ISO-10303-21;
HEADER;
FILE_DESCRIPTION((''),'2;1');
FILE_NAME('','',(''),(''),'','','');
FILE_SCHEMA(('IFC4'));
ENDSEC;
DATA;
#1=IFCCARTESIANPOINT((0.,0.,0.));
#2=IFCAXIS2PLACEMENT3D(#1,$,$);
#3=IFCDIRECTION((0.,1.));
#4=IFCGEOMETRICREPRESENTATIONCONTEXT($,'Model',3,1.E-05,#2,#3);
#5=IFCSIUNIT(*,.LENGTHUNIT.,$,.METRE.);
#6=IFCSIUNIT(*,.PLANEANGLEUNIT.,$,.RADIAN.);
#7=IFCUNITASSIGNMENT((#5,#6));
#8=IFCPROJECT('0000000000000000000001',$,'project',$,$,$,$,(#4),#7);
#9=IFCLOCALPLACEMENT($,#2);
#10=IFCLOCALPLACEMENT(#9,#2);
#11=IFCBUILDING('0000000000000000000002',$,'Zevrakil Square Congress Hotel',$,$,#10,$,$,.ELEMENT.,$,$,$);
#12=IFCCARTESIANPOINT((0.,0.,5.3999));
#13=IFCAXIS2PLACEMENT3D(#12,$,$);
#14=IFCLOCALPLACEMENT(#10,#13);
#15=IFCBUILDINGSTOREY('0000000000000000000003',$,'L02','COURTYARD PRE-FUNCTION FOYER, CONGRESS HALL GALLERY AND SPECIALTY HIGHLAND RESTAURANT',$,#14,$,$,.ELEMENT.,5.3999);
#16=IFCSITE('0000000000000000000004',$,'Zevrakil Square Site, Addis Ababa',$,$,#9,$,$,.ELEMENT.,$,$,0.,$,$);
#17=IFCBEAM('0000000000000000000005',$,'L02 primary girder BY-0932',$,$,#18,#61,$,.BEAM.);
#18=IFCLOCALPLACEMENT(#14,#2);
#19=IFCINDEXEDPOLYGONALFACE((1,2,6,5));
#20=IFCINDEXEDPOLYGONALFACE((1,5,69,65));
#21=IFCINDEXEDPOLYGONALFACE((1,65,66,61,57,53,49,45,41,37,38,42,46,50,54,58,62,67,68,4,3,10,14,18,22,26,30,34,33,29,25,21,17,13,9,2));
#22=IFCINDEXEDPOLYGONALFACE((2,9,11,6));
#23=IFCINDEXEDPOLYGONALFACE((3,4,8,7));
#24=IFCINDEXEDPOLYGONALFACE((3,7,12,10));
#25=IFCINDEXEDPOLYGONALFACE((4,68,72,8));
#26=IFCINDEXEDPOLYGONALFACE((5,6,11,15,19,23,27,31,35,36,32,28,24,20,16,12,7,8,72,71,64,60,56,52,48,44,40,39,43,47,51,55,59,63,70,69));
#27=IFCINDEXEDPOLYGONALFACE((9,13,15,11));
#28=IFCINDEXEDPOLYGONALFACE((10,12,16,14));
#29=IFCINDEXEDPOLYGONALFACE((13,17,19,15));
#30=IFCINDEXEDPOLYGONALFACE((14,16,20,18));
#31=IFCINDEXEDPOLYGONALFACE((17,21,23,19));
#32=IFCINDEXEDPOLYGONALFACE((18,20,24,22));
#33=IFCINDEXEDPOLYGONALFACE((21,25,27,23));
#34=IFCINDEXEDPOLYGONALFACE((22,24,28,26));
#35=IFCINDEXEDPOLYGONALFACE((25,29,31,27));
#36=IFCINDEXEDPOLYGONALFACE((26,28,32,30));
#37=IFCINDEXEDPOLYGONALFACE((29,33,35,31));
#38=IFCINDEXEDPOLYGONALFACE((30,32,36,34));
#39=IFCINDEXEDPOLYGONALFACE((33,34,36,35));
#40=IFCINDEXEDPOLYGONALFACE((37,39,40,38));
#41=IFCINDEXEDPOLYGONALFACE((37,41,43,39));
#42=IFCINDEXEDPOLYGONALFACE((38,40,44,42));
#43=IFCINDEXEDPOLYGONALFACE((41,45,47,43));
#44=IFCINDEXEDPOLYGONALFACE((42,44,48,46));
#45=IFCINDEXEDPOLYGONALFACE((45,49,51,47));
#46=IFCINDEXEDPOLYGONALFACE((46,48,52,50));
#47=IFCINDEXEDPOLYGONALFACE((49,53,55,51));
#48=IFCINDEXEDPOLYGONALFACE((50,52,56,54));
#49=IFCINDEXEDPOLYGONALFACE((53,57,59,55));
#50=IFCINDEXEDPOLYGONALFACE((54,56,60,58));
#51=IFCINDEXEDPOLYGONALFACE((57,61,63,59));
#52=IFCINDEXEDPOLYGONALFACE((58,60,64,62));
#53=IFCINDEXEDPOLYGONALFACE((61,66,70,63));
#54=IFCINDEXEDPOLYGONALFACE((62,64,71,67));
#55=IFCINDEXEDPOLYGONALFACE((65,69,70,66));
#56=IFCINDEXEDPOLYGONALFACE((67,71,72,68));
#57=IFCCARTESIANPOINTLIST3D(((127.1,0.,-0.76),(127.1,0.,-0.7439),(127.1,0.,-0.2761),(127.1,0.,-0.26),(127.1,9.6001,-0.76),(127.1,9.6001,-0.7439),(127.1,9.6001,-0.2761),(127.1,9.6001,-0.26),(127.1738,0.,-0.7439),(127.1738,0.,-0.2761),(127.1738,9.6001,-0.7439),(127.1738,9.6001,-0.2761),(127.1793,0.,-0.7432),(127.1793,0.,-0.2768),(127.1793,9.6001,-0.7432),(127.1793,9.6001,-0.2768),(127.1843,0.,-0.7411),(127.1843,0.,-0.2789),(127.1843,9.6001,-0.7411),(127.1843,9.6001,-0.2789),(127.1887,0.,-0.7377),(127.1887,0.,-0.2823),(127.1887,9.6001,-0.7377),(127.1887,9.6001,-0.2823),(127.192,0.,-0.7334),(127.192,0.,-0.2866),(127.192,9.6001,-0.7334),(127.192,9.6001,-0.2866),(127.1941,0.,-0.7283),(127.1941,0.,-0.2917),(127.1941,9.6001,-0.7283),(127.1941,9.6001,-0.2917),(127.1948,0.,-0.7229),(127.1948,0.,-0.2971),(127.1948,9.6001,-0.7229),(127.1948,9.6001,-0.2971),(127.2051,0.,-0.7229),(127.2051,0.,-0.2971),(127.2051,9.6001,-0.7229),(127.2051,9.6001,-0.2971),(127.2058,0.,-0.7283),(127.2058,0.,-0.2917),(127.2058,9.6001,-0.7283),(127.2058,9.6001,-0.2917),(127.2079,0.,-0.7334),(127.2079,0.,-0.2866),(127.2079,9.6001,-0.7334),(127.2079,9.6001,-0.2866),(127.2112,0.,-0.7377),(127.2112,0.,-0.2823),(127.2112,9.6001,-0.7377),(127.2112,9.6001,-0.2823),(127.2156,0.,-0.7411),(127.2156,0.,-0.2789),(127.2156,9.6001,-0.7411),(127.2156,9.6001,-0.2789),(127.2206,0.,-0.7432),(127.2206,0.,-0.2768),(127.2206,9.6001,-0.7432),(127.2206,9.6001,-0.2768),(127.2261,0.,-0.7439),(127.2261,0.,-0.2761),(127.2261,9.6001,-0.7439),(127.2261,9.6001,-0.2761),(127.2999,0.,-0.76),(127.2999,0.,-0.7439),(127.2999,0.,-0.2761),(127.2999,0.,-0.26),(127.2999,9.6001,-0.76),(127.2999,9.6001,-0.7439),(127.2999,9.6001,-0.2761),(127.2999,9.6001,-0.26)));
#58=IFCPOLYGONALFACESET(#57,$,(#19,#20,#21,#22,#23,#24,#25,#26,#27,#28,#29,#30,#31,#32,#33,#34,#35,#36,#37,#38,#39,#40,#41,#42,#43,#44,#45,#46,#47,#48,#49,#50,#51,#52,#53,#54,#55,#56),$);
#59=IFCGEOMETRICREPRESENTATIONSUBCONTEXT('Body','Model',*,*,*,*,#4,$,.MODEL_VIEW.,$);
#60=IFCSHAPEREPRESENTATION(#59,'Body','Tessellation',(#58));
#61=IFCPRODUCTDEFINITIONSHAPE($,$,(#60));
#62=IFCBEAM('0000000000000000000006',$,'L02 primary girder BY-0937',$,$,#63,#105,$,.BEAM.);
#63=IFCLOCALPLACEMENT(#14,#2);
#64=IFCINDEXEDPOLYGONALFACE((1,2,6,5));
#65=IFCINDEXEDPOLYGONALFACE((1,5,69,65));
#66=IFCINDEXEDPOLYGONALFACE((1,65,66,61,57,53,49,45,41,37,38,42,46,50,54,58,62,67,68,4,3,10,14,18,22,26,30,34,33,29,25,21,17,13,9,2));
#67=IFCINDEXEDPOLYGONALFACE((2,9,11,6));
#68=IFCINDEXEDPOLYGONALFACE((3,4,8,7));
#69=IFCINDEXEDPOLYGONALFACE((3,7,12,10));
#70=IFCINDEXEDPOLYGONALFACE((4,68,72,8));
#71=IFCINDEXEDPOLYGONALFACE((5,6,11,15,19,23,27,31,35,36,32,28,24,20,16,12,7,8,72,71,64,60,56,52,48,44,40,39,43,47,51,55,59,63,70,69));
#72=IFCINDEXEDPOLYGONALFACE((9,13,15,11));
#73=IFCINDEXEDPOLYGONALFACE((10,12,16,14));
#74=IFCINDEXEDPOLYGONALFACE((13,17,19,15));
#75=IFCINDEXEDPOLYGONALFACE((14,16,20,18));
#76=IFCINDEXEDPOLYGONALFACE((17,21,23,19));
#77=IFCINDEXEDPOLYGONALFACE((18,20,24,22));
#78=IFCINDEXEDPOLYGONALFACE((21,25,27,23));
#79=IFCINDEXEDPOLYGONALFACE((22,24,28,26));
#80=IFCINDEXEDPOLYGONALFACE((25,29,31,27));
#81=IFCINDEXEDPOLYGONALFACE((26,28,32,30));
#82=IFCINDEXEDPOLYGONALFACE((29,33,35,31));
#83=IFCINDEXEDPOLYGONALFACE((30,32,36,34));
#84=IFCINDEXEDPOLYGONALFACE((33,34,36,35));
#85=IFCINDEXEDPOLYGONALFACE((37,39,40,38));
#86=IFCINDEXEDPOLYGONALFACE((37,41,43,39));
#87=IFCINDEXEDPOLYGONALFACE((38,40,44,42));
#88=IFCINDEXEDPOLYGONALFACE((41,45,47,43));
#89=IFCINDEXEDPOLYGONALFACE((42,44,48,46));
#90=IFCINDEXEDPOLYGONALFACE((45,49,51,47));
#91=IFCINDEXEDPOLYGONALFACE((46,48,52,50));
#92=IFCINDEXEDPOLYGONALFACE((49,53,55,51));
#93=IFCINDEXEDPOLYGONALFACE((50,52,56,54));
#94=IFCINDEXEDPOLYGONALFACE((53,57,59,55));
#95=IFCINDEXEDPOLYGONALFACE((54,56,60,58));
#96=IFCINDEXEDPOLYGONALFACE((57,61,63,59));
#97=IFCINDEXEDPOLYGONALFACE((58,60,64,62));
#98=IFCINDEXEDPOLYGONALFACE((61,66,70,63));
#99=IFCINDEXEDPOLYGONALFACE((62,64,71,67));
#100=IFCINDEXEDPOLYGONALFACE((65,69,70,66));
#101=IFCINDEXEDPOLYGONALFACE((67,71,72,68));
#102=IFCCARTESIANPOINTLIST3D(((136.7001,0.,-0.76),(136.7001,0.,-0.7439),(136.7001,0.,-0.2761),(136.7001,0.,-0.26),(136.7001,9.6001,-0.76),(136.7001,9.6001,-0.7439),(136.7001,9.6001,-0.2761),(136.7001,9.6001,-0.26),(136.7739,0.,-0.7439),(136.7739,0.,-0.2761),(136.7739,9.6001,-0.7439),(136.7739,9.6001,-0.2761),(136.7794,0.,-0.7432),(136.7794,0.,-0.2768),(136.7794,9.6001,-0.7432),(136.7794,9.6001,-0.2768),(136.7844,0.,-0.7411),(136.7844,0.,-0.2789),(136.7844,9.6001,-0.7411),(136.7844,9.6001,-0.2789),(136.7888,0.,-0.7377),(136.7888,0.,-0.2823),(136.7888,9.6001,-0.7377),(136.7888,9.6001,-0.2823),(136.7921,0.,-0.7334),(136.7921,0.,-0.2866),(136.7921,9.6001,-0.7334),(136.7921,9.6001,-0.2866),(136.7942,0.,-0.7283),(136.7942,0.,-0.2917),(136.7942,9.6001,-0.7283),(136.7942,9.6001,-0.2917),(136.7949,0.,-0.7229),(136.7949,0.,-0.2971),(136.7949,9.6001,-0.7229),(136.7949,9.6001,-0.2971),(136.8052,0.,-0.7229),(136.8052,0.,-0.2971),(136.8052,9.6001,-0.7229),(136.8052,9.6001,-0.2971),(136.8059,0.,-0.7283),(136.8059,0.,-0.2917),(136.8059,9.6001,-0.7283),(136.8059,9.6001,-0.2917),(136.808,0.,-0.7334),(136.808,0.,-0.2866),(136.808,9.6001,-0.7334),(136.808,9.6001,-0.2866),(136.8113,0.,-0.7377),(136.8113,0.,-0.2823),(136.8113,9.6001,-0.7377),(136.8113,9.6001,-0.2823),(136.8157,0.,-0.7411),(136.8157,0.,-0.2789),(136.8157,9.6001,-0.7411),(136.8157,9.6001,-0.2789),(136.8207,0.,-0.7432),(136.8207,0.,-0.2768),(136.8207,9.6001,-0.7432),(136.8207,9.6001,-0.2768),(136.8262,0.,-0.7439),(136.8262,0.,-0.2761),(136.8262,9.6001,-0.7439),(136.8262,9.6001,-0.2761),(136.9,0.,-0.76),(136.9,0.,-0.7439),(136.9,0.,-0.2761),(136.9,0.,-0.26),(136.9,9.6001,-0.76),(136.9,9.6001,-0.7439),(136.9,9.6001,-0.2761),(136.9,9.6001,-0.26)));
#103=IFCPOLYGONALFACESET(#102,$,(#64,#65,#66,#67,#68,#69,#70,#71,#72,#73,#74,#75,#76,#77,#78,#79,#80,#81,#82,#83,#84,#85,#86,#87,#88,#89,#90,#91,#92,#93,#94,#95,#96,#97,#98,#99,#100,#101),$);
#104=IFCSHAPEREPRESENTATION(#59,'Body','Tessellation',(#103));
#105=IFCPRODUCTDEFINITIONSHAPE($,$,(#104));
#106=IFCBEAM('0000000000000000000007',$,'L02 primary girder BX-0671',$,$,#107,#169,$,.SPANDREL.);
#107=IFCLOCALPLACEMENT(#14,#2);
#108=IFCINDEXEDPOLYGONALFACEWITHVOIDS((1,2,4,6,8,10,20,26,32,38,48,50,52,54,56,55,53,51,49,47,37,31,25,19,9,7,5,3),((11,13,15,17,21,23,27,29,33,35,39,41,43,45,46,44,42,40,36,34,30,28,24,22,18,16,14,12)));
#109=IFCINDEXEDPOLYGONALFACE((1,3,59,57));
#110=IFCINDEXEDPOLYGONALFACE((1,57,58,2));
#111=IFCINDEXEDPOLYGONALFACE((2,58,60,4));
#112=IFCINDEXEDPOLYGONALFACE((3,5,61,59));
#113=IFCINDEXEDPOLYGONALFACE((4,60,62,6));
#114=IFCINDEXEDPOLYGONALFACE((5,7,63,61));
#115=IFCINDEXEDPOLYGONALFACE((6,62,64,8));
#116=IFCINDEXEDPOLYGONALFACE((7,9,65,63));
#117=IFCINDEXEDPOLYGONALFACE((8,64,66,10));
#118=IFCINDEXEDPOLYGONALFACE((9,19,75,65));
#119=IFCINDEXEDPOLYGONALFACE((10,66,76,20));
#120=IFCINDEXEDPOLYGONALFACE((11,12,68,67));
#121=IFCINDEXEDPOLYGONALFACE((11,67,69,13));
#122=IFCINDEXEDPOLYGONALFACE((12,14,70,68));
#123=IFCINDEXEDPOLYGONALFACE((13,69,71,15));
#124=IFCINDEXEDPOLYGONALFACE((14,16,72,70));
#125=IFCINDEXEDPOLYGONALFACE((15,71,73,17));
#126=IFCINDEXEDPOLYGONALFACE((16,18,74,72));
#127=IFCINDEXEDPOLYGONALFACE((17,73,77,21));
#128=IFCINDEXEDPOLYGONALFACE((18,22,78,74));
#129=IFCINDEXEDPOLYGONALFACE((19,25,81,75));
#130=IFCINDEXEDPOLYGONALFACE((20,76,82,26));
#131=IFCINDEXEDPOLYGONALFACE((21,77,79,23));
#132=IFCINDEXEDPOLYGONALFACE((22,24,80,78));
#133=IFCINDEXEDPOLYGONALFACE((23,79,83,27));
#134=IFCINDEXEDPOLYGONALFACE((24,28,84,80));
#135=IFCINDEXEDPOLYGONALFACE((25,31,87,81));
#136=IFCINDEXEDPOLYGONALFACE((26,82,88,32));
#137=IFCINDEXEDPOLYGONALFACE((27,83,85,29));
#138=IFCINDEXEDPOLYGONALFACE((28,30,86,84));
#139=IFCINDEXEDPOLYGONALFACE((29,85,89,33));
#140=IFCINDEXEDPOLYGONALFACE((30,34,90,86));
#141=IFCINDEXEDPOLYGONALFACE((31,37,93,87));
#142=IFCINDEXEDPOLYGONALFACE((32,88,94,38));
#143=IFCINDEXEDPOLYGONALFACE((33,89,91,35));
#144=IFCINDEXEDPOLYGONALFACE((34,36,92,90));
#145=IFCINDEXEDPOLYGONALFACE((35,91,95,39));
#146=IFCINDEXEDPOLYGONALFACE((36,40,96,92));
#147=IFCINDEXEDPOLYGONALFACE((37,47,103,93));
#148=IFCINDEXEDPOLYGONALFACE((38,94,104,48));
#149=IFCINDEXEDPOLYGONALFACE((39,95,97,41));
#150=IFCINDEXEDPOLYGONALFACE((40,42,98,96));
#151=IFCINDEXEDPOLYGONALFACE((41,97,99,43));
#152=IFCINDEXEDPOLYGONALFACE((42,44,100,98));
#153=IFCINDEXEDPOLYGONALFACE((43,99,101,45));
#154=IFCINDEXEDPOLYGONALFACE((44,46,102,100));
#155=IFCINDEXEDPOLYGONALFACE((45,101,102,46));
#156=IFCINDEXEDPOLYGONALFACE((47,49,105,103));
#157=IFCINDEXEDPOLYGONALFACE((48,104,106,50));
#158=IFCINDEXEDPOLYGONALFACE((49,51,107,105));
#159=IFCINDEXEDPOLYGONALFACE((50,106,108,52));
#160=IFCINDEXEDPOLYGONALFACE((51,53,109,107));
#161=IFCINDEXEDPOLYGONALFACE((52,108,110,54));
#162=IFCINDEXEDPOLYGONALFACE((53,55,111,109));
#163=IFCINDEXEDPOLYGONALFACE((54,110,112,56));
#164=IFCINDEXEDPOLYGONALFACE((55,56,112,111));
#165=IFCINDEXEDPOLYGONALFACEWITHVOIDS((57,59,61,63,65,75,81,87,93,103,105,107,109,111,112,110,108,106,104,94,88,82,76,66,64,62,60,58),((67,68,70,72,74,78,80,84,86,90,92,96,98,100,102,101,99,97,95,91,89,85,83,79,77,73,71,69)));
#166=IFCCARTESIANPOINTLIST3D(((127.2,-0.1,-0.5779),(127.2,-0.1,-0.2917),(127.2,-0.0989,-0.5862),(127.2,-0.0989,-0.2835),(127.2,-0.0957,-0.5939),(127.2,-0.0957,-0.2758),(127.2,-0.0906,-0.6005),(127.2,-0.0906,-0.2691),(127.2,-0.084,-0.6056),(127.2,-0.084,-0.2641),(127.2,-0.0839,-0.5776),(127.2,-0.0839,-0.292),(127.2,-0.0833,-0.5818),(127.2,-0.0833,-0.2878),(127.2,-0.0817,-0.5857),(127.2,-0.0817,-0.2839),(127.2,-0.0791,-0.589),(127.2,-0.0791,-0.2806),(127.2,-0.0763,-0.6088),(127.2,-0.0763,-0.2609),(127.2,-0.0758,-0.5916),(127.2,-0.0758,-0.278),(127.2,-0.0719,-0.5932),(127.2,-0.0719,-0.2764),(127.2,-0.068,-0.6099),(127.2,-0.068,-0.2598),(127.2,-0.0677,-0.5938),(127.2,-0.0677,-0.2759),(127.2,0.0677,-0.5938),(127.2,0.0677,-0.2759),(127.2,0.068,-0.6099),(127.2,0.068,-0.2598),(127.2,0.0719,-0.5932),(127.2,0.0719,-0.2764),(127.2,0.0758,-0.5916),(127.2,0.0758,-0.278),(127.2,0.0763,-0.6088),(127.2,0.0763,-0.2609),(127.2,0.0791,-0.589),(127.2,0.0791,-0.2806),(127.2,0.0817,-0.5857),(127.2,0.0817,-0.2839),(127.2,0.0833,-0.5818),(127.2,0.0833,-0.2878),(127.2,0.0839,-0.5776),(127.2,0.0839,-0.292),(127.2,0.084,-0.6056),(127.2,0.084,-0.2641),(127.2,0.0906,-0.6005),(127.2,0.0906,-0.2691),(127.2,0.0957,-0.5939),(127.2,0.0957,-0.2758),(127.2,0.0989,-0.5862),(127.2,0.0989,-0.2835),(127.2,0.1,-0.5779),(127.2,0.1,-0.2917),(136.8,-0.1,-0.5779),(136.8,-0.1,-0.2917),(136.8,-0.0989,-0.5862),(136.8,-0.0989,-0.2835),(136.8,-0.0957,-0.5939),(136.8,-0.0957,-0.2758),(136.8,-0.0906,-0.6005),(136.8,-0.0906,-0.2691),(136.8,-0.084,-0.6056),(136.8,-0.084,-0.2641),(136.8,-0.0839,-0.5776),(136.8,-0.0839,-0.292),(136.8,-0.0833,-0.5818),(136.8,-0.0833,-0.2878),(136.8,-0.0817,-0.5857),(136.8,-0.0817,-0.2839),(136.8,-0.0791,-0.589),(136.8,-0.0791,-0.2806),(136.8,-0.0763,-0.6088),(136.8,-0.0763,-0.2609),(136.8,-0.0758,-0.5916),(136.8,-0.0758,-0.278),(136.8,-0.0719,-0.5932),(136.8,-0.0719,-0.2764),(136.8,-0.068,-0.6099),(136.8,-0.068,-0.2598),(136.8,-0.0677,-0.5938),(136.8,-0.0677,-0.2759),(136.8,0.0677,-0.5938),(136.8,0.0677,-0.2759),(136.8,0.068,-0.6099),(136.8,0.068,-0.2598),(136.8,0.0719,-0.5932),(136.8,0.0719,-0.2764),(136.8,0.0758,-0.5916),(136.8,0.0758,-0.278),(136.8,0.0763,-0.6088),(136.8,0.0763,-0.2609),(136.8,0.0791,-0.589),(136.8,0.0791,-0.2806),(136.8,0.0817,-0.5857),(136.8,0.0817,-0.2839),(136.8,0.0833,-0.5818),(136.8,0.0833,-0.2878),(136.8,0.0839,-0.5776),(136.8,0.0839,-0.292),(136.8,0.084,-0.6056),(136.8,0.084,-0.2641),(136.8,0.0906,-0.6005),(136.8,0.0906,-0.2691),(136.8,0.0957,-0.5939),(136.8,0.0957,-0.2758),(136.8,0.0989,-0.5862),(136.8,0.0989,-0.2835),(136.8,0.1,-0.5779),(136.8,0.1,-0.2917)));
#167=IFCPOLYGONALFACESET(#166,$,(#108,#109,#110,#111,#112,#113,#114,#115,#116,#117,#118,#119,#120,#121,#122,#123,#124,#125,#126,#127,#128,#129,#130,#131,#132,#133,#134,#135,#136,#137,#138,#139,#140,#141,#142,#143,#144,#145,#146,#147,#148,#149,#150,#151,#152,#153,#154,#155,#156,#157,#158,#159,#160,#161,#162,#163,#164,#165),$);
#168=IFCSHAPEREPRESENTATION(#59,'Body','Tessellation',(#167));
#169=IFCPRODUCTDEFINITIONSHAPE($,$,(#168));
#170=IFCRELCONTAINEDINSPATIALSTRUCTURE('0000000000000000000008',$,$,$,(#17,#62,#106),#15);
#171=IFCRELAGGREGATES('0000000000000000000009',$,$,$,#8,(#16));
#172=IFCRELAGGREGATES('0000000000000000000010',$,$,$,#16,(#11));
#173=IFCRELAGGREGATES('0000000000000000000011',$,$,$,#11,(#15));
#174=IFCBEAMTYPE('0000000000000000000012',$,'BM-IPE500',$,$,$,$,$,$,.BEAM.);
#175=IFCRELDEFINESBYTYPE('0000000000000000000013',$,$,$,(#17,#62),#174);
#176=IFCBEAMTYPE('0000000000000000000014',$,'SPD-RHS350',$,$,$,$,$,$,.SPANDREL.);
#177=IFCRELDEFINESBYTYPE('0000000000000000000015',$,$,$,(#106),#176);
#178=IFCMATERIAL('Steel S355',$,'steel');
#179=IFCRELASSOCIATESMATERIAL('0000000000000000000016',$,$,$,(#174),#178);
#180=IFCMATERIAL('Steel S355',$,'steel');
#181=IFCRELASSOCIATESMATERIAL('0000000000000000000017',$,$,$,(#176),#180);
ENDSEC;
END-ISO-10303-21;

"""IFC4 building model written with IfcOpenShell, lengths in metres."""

from ifc_helpers import new_model, si_unit, direction, frame, origin, origin_2d, place, context, subcontext, project, spatial, hollow_rectangle, i_section, extrude, material, material_profile, profile_set, type_object, element, save


model = new_model("IFC4")

# Units and contexts
model_context = context("Model", 3, precision=1e-05, world=origin(), true_north=direction((0.0, 1.0)))
body_context = subcontext(model_context, "Body", "Model", "MODEL_VIEW")
ifc_project = project(units=[si_unit("LENGTHUNIT", "METRE"), si_unit("PLANEANGLEUNIT", "RADIAN")], contexts=[model_context])

# Site, building, storey
site_placement = place(None, origin())
site = spatial("IfcSite", under=ifc_project, at=site_placement, Name="Zevrakil Square Site, Addis Ababa", CompositionType="ELEMENT", RefElevation=0.0)
building_placement = place(site_placement, origin())
building = spatial("IfcBuilding", under=site, at=building_placement, Name="Zevrakil Square Congress Hotel", CompositionType="ELEMENT")
storey_placement = place(building_placement, frame((0.0, 0.0, 5.3999)))
storey = spatial("IfcBuildingStorey", under=building, at=storey_placement, Name="L02", Description="COURTYARD PRE-FUNCTION FOYER, CONGRESS HALL GALLERY AND SPECIALTY HIGHLAND RESTAURANT", CompositionType="ELEMENT", Elevation=5.3999)

# Beams
ifc_material_1 = material(Name="Steel S355", Category="steel")
ifc_material_profile_1 = material_profile(ifc_material_1, i_section(OverallWidth=0.2, OverallDepth=0.5, WebThickness=0.0103, FlangeThickness=0.0161, FilletRadius=0.021, at=origin_2d()), Name="IPE 500")
ifc_profile_set_1 = profile_set([ifc_material_profile_1], Name="Steel S355")
beam_type_1 = type_object("IfcBeamType", Name="BM-IPE500", PredefinedType="BEAM", material=ifc_profile_set_1)
for number, where, z_axis, x_axis, name in (
    (1, (127.2, 0.0, -0.51), (0.0, 1.0, 0.0), (-1.0, 0.0, 0.0), "L02 primary girder BY-0932"),
    (2, (136.8, 0.0, -0.51), (0.0, 1.0, 0.0), (-1.0, 0.0, 0.0), "L02 primary girder BY-0937"),
):
    element("IfcBeam", number, at=place(storey_placement, frame(where, z_axis=z_axis, x_axis=x_axis)), inside=storey, type_object=beam_type_1, Name=name, PredefinedType="BEAM", context=body_context, shape_type="SweptSolid", body=[
        extrude(i_section(OverallWidth=0.2, OverallDepth=0.5, WebThickness=0.0103, FlangeThickness=0.0161, FilletRadius=0.021, at=origin_2d()), origin(), (0.0, 0.0, 1.0), 9.6001),
    ])
ifc_material_2 = material(Name="Steel S355", Category="steel")
ifc_material_profile_2 = material_profile(ifc_material_2, hollow_rectangle(XDim=0.2, YDim=0.3501, WallThickness=0.0161, InnerFilletRadius=0.0161, OuterFilletRadius=0.032, at=origin_2d()), Name="RHS 350x200x16")
ifc_profile_set_2 = profile_set([ifc_material_profile_2], Name="Steel S355")
beam_type_2 = type_object("IfcBeamType", Name="SPD-RHS350", PredefinedType="SPANDREL", material=ifc_profile_set_2)
beam_1_placement = place(storey_placement, frame((127.2, 0.0, -0.4348), z_axis=(1.0, 0.0, 0.0), x_axis=(0.0, 1.0, 0.0)))
element("IfcBeam", 3, at=beam_1_placement, inside=storey, type_object=beam_type_2, Name="L02 primary girder BX-0671", PredefinedType="SPANDREL", context=body_context, shape_type="SweptSolid", body=[
    extrude(hollow_rectangle(XDim=0.2, YDim=0.3501, WallThickness=0.0161, InnerFilletRadius=0.0161, OuterFilletRadius=0.032, at=origin_2d()), origin(), (0.0, 0.0, 1.0), 9.6001),
])

save(model, "model.ifc")
